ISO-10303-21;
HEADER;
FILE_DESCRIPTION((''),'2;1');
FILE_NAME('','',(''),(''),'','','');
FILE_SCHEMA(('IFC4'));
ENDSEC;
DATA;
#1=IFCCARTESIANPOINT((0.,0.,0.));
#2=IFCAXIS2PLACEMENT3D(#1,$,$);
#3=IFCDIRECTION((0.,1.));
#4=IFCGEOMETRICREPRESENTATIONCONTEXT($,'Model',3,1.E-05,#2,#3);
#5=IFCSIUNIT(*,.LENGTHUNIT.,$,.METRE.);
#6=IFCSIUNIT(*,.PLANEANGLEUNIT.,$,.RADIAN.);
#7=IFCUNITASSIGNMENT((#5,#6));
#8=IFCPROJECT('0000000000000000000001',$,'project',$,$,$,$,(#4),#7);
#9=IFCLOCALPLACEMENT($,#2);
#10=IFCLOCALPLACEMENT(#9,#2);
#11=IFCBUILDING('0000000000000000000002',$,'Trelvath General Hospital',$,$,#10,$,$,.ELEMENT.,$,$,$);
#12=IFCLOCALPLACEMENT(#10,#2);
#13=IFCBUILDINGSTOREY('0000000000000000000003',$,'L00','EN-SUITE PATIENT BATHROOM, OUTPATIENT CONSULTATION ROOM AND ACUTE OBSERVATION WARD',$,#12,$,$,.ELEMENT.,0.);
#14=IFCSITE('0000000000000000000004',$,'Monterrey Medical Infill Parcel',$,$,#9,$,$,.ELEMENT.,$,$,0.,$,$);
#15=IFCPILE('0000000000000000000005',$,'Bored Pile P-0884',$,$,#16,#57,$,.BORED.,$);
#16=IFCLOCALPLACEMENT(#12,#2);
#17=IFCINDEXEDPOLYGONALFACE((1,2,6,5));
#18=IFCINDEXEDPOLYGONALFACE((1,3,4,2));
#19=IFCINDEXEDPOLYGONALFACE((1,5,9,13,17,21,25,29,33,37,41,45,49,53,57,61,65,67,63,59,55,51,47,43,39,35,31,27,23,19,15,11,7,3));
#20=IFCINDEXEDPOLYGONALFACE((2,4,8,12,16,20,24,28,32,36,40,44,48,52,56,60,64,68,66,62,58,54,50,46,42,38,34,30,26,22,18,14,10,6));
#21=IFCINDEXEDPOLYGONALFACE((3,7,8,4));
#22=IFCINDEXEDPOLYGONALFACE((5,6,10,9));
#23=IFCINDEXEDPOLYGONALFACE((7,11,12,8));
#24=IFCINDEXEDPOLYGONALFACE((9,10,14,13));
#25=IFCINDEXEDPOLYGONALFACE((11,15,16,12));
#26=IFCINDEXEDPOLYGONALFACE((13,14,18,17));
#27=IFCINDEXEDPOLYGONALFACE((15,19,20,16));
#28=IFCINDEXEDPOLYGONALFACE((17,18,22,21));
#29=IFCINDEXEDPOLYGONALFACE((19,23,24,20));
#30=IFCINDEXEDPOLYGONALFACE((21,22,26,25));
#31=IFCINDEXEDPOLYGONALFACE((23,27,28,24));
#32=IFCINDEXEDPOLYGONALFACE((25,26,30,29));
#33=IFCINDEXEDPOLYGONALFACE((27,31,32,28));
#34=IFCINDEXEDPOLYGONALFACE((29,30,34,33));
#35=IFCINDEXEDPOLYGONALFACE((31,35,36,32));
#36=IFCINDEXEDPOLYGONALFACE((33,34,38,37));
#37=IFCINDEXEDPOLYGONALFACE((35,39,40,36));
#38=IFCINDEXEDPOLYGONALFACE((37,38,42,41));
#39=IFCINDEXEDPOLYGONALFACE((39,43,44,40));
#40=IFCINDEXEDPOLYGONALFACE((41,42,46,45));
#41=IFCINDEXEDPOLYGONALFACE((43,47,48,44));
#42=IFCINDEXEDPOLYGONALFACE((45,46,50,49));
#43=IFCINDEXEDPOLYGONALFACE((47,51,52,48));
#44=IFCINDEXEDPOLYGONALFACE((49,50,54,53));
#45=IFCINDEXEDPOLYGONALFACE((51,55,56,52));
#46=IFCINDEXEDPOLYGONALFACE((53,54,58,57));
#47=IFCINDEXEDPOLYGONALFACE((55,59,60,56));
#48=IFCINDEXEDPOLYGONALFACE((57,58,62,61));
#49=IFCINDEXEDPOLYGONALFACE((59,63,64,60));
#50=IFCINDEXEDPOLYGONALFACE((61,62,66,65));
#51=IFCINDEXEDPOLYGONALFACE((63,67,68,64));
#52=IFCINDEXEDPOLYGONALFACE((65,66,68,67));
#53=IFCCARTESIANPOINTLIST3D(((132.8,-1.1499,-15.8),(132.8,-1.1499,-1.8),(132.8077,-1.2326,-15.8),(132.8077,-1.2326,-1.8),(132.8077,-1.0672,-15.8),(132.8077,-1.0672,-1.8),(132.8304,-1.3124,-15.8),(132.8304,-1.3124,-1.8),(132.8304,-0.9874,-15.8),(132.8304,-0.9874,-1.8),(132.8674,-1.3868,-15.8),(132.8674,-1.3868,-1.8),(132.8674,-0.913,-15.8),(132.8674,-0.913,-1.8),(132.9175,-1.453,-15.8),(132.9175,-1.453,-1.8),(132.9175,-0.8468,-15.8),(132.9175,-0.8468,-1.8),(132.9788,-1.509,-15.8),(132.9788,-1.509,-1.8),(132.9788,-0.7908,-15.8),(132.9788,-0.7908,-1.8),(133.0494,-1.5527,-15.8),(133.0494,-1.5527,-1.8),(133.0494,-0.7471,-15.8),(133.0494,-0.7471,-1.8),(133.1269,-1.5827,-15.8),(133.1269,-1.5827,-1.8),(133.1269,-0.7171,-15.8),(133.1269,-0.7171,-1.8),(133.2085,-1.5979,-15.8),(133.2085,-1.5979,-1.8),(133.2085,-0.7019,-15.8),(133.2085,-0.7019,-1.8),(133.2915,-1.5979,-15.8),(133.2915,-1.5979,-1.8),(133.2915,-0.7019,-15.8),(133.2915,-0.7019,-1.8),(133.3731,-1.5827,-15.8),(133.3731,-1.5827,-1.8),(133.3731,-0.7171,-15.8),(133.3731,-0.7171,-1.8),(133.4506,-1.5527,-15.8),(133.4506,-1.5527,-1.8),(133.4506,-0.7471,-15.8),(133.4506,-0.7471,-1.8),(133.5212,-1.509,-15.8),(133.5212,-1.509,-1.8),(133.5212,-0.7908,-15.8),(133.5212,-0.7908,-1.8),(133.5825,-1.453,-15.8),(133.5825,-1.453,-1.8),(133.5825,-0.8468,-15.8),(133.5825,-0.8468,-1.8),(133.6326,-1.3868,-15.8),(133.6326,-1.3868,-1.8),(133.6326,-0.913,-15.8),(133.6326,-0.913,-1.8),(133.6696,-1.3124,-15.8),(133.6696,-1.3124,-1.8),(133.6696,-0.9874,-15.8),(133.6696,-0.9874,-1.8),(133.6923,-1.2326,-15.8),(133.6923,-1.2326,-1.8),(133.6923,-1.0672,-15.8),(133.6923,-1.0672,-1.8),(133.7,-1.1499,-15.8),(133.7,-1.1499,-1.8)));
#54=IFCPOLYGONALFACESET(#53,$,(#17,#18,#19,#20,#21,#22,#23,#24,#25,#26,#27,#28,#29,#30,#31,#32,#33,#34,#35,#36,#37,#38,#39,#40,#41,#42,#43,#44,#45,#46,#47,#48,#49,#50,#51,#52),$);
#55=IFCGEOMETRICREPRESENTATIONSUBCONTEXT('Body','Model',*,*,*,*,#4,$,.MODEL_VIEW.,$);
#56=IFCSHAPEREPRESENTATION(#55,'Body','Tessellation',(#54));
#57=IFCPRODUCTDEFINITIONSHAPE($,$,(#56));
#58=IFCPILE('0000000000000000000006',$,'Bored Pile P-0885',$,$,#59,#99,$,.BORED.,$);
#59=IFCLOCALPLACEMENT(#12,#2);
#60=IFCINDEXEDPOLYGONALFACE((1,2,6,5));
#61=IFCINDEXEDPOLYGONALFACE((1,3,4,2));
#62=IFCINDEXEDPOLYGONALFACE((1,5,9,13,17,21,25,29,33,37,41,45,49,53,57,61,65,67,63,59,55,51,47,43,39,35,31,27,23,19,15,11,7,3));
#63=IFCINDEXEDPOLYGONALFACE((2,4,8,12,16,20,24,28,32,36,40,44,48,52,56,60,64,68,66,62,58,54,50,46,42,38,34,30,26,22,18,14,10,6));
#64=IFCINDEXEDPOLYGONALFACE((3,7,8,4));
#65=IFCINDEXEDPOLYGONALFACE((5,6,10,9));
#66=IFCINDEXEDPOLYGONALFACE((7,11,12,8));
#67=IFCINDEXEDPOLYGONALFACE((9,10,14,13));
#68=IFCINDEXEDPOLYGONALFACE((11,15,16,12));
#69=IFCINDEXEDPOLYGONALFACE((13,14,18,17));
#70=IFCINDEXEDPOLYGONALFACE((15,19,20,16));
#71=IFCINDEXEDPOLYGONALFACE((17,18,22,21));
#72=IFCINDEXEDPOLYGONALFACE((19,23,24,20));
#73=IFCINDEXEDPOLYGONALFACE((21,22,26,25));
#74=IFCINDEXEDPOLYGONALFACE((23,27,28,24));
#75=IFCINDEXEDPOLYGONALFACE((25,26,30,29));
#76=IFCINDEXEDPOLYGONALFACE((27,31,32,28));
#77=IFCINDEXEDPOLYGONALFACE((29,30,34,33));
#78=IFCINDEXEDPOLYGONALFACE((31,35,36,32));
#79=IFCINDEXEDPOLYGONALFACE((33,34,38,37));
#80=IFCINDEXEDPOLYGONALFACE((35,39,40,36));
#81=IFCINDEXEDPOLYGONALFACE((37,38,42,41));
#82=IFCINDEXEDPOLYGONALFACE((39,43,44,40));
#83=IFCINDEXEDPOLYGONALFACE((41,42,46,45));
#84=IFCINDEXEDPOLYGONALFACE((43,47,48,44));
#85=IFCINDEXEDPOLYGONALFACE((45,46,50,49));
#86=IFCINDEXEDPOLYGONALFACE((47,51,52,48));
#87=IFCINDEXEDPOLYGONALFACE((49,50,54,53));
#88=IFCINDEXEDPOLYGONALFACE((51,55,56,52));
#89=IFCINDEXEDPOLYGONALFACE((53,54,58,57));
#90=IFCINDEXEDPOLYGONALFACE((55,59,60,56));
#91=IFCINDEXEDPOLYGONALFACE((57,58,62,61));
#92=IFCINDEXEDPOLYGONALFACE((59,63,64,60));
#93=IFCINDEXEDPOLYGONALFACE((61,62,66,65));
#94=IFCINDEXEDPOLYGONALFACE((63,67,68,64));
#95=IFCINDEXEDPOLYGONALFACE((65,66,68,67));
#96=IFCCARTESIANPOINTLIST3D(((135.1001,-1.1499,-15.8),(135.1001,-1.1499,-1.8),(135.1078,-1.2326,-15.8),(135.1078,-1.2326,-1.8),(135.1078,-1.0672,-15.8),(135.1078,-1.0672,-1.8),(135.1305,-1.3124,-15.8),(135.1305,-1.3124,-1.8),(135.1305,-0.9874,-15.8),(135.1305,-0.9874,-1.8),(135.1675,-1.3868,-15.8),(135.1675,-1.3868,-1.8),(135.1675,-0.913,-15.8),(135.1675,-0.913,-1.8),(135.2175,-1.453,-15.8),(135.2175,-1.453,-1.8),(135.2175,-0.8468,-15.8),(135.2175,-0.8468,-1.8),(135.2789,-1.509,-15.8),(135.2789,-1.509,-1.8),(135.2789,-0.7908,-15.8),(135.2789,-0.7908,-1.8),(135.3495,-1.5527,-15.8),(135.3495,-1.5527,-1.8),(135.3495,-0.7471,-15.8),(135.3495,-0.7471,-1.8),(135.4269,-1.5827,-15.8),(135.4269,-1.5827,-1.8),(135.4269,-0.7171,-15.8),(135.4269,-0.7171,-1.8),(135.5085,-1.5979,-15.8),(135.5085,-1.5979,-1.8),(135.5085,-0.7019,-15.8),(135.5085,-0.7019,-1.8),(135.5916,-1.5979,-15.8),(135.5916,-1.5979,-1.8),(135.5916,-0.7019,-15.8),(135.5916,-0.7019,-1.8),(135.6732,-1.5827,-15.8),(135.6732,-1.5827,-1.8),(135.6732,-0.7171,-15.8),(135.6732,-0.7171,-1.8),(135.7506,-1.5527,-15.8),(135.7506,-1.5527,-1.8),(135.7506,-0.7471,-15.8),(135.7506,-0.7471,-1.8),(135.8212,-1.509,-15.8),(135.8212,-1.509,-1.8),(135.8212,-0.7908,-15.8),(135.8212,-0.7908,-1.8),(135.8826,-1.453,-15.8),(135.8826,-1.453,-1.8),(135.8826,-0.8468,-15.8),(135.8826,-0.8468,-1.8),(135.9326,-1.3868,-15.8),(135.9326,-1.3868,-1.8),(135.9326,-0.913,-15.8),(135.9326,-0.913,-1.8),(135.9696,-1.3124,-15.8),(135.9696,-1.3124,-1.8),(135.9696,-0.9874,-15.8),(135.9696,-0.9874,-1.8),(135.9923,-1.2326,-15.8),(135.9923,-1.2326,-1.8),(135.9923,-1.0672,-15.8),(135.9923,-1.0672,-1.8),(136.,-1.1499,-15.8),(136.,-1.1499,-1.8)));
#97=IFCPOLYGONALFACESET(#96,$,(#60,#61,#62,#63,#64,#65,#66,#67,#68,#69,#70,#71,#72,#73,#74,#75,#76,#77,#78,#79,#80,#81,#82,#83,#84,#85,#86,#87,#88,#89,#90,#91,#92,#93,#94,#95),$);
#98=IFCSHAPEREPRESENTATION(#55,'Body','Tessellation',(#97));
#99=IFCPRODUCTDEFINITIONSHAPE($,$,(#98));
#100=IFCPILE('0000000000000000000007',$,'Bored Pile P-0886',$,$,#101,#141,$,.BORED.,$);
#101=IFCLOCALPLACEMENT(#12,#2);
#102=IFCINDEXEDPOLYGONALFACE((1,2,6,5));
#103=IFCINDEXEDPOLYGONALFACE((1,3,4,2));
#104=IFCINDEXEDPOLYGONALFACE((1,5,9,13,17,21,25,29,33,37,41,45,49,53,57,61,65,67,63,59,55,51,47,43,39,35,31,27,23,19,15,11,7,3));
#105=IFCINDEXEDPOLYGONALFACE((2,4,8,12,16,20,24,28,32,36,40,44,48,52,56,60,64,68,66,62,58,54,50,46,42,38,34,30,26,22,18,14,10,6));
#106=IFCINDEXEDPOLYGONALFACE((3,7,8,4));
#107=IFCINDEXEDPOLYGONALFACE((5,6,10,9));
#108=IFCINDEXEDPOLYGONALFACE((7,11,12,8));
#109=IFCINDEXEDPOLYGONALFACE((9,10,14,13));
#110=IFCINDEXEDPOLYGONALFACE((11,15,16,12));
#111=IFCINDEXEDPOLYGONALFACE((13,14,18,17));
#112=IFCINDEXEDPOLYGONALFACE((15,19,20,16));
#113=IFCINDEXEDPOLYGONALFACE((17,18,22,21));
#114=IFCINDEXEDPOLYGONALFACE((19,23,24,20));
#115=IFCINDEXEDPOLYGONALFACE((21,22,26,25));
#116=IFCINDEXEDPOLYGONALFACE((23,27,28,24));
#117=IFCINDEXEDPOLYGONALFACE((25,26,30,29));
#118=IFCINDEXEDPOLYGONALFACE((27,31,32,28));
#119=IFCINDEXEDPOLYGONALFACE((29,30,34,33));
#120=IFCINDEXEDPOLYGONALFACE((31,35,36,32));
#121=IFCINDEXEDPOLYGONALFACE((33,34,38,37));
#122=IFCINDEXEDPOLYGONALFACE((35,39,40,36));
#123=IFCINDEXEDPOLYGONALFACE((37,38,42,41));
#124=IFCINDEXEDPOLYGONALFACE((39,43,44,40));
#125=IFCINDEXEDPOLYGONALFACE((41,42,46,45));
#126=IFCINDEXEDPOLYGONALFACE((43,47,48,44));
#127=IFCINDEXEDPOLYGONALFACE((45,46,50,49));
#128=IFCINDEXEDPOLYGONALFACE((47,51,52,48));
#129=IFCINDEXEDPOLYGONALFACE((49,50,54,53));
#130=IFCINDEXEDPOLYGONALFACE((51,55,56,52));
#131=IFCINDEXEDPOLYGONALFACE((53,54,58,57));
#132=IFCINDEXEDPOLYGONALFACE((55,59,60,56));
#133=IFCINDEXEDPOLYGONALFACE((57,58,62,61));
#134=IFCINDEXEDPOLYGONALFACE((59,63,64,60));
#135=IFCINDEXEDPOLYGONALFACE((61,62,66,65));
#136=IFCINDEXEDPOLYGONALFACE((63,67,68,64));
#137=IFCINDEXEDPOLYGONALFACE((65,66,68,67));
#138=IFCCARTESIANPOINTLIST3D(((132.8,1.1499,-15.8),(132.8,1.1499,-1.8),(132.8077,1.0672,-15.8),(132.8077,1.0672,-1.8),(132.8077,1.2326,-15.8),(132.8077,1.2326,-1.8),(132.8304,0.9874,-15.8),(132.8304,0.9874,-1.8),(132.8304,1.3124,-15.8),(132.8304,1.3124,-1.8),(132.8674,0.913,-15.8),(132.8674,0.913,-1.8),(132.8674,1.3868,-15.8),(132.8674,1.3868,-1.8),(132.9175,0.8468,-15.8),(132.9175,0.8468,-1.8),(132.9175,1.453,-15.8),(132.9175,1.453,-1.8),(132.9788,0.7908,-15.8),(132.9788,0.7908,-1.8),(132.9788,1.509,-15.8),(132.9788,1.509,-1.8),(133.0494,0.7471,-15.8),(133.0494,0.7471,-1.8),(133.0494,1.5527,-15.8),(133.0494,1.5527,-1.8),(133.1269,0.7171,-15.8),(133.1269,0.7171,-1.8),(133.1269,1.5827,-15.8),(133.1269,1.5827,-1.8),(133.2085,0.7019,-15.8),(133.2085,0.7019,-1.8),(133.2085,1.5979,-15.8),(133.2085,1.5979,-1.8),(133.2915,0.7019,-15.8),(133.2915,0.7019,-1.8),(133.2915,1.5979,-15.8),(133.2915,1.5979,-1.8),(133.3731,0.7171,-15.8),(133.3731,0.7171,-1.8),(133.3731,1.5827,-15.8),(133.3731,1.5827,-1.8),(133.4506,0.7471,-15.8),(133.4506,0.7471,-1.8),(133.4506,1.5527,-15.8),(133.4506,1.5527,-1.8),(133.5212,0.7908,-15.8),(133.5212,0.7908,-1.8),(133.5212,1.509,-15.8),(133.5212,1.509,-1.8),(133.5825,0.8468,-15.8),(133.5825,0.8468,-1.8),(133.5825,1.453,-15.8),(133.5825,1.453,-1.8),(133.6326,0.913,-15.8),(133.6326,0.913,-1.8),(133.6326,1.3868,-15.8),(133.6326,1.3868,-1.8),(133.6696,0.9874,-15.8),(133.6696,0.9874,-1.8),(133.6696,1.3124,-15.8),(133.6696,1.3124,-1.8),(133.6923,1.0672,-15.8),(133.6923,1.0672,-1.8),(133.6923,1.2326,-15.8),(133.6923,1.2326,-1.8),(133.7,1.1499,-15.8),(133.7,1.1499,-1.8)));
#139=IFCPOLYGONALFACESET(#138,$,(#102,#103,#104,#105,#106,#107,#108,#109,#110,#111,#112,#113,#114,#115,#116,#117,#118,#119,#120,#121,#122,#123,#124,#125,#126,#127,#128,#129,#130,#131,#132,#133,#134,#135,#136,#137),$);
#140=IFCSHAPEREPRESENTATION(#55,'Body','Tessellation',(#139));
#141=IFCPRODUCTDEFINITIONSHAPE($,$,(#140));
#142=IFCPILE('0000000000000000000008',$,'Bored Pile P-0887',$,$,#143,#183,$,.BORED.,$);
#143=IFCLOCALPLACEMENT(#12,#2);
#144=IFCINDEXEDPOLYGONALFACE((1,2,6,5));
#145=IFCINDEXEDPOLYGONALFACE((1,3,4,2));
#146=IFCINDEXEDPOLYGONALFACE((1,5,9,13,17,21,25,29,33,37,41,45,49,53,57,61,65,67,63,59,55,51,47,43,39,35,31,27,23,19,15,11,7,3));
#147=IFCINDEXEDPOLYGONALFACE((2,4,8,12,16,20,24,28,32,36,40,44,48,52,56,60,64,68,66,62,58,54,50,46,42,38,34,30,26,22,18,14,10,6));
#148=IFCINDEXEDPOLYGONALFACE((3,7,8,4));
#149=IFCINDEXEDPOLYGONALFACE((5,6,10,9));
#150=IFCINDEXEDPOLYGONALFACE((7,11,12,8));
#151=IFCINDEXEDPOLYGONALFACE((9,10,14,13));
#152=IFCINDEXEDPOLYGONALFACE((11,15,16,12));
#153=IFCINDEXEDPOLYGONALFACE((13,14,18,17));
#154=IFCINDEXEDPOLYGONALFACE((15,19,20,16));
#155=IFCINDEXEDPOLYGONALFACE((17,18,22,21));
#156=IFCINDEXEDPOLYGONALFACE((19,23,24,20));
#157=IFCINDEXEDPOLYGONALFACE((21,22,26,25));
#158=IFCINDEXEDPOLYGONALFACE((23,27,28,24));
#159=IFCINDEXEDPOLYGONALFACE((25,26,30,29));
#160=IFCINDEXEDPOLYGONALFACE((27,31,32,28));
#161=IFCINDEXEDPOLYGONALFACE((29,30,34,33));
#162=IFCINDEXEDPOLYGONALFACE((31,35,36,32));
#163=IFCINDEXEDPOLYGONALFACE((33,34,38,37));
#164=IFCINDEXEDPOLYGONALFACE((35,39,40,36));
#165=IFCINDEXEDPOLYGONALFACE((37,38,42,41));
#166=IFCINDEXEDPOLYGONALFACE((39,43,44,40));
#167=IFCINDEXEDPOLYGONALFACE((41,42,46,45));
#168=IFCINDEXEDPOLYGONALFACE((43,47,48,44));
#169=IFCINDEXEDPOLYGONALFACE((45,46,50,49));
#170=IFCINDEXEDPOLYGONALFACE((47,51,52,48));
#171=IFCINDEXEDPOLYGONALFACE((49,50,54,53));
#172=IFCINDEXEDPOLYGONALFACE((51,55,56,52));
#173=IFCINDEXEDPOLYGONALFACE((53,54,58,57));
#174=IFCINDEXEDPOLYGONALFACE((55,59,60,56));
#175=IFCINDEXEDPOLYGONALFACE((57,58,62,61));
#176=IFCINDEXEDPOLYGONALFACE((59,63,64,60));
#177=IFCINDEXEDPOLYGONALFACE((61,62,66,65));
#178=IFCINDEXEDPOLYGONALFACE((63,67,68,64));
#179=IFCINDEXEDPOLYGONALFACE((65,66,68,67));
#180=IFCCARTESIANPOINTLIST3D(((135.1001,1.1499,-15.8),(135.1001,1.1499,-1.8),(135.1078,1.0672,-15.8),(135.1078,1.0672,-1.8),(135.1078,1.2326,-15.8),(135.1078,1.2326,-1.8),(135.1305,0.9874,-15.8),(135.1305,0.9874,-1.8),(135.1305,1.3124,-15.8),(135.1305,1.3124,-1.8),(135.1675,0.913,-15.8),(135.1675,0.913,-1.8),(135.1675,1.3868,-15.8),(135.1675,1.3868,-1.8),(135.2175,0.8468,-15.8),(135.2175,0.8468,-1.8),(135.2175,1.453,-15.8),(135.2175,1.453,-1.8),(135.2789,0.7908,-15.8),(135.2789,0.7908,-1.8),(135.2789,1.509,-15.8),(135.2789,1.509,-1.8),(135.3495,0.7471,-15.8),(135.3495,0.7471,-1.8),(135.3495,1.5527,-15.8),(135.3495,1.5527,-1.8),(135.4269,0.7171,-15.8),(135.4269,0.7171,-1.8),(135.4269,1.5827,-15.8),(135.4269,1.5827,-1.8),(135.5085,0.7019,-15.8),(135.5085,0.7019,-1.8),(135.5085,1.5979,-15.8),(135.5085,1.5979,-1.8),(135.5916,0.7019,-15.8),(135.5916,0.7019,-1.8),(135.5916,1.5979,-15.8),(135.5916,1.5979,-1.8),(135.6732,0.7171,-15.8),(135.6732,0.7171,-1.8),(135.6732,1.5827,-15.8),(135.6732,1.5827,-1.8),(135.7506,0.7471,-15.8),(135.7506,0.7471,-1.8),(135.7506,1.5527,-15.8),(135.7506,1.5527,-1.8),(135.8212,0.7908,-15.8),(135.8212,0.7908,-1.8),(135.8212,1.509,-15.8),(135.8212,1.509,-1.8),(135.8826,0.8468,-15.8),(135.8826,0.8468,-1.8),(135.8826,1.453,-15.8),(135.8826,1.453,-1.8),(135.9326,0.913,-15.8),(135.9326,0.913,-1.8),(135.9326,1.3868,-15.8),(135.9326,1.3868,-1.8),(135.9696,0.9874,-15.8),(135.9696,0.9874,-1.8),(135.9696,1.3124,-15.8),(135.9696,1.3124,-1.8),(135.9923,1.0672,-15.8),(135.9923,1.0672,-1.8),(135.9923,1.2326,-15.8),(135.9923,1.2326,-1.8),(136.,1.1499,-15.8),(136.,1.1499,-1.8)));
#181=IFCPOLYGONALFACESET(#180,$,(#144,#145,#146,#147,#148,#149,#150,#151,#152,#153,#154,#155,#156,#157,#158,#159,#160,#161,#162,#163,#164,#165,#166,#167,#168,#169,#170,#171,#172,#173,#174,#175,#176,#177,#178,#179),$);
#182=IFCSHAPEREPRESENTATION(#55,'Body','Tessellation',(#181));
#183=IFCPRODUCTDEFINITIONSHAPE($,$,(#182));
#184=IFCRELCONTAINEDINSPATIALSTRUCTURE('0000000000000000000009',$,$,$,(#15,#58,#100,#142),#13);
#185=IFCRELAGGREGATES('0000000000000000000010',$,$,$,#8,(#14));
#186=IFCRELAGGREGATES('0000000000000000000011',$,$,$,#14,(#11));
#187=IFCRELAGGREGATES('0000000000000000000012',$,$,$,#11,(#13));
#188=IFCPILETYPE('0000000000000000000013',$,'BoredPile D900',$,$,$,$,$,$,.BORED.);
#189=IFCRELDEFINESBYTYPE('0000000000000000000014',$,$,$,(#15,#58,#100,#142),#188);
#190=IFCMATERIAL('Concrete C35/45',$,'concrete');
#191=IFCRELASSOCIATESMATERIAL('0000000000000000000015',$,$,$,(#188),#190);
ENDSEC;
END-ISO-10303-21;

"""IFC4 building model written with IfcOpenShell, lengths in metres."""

from ifc_helpers import new_model, si_unit, direction, frame, origin, origin_2d, place, context, subcontext, project, spatial, circle, extrude, material, material_profile, profile_set, type_object, element, save


model = new_model("IFC4")

# Units and contexts
model_context = context("Model", 3, precision=1e-05, world=origin(), true_north=direction((0.0, 1.0)))
body_context = subcontext(model_context, "Body", "Model", "MODEL_VIEW")
ifc_project = project(units=[si_unit("LENGTHUNIT", "METRE"), si_unit("PLANEANGLEUNIT", "RADIAN")], contexts=[model_context])

# Site, building, storey
site_placement = place(None, origin())
site = spatial("IfcSite", under=ifc_project, at=site_placement, Name="Monterrey Medical Infill Parcel", CompositionType="ELEMENT", RefElevation=0.0)
building_placement = place(site_placement, origin())
building = spatial("IfcBuilding", under=site, at=building_placement, Name="Trelvath General Hospital", CompositionType="ELEMENT")
storey_placement = place(building_placement, origin())
storey = spatial("IfcBuildingStorey", under=building, at=storey_placement, Name="L00", Description="EN-SUITE PATIENT BATHROOM, OUTPATIENT CONSULTATION ROOM AND ACUTE OBSERVATION WARD", CompositionType="ELEMENT", Elevation=0.0)

# Piles
ifc_material_1 = material(Name="Concrete C35/45", Category="concrete")
ifc_material_profile_1 = material_profile(ifc_material_1, circle(Radius=0.45, at=origin_2d()), Name="PILE900")
ifc_profile_set_1 = profile_set([ifc_material_profile_1], Name="Concrete C35/45")
pile_type = type_object("IfcPileType", Name="BoredPile D900", PredefinedType="BORED", material=ifc_profile_set_1)
for number, where, z_axis, x_axis, name in (
    (1, (133.25, -1.1499, -1.8), (0.0, 0.0, -1.0), (1.0, 0.0, 0.0), "Bored Pile P-0884"),
    (2, (135.55, -1.1499, -1.8), (0.0, 0.0, -1.0), (1.0, 0.0, 0.0), "Bored Pile P-0885"),
    (3, (133.25, 1.1499, -1.8), (0.0, 0.0, -1.0), (1.0, 0.0, 0.0), "Bored Pile P-0886"),
    (4, (135.55, 1.1499, -1.8), (0.0, 0.0, -1.0), (1.0, 0.0, 0.0), "Bored Pile P-0887"),
):
    element("IfcPile", number, at=place(storey_placement, frame(where, z_axis=z_axis, x_axis=x_axis)), inside=storey, type_object=pile_type, Name=name, PredefinedType="BORED", context=body_context, shape_type="SweptSolid", body=[
        extrude(circle(Radius=0.45, at=origin_2d()), origin(), (0.0, 0.0, 1.0), 14.0),
    ])

save(model, "model.ifc")
